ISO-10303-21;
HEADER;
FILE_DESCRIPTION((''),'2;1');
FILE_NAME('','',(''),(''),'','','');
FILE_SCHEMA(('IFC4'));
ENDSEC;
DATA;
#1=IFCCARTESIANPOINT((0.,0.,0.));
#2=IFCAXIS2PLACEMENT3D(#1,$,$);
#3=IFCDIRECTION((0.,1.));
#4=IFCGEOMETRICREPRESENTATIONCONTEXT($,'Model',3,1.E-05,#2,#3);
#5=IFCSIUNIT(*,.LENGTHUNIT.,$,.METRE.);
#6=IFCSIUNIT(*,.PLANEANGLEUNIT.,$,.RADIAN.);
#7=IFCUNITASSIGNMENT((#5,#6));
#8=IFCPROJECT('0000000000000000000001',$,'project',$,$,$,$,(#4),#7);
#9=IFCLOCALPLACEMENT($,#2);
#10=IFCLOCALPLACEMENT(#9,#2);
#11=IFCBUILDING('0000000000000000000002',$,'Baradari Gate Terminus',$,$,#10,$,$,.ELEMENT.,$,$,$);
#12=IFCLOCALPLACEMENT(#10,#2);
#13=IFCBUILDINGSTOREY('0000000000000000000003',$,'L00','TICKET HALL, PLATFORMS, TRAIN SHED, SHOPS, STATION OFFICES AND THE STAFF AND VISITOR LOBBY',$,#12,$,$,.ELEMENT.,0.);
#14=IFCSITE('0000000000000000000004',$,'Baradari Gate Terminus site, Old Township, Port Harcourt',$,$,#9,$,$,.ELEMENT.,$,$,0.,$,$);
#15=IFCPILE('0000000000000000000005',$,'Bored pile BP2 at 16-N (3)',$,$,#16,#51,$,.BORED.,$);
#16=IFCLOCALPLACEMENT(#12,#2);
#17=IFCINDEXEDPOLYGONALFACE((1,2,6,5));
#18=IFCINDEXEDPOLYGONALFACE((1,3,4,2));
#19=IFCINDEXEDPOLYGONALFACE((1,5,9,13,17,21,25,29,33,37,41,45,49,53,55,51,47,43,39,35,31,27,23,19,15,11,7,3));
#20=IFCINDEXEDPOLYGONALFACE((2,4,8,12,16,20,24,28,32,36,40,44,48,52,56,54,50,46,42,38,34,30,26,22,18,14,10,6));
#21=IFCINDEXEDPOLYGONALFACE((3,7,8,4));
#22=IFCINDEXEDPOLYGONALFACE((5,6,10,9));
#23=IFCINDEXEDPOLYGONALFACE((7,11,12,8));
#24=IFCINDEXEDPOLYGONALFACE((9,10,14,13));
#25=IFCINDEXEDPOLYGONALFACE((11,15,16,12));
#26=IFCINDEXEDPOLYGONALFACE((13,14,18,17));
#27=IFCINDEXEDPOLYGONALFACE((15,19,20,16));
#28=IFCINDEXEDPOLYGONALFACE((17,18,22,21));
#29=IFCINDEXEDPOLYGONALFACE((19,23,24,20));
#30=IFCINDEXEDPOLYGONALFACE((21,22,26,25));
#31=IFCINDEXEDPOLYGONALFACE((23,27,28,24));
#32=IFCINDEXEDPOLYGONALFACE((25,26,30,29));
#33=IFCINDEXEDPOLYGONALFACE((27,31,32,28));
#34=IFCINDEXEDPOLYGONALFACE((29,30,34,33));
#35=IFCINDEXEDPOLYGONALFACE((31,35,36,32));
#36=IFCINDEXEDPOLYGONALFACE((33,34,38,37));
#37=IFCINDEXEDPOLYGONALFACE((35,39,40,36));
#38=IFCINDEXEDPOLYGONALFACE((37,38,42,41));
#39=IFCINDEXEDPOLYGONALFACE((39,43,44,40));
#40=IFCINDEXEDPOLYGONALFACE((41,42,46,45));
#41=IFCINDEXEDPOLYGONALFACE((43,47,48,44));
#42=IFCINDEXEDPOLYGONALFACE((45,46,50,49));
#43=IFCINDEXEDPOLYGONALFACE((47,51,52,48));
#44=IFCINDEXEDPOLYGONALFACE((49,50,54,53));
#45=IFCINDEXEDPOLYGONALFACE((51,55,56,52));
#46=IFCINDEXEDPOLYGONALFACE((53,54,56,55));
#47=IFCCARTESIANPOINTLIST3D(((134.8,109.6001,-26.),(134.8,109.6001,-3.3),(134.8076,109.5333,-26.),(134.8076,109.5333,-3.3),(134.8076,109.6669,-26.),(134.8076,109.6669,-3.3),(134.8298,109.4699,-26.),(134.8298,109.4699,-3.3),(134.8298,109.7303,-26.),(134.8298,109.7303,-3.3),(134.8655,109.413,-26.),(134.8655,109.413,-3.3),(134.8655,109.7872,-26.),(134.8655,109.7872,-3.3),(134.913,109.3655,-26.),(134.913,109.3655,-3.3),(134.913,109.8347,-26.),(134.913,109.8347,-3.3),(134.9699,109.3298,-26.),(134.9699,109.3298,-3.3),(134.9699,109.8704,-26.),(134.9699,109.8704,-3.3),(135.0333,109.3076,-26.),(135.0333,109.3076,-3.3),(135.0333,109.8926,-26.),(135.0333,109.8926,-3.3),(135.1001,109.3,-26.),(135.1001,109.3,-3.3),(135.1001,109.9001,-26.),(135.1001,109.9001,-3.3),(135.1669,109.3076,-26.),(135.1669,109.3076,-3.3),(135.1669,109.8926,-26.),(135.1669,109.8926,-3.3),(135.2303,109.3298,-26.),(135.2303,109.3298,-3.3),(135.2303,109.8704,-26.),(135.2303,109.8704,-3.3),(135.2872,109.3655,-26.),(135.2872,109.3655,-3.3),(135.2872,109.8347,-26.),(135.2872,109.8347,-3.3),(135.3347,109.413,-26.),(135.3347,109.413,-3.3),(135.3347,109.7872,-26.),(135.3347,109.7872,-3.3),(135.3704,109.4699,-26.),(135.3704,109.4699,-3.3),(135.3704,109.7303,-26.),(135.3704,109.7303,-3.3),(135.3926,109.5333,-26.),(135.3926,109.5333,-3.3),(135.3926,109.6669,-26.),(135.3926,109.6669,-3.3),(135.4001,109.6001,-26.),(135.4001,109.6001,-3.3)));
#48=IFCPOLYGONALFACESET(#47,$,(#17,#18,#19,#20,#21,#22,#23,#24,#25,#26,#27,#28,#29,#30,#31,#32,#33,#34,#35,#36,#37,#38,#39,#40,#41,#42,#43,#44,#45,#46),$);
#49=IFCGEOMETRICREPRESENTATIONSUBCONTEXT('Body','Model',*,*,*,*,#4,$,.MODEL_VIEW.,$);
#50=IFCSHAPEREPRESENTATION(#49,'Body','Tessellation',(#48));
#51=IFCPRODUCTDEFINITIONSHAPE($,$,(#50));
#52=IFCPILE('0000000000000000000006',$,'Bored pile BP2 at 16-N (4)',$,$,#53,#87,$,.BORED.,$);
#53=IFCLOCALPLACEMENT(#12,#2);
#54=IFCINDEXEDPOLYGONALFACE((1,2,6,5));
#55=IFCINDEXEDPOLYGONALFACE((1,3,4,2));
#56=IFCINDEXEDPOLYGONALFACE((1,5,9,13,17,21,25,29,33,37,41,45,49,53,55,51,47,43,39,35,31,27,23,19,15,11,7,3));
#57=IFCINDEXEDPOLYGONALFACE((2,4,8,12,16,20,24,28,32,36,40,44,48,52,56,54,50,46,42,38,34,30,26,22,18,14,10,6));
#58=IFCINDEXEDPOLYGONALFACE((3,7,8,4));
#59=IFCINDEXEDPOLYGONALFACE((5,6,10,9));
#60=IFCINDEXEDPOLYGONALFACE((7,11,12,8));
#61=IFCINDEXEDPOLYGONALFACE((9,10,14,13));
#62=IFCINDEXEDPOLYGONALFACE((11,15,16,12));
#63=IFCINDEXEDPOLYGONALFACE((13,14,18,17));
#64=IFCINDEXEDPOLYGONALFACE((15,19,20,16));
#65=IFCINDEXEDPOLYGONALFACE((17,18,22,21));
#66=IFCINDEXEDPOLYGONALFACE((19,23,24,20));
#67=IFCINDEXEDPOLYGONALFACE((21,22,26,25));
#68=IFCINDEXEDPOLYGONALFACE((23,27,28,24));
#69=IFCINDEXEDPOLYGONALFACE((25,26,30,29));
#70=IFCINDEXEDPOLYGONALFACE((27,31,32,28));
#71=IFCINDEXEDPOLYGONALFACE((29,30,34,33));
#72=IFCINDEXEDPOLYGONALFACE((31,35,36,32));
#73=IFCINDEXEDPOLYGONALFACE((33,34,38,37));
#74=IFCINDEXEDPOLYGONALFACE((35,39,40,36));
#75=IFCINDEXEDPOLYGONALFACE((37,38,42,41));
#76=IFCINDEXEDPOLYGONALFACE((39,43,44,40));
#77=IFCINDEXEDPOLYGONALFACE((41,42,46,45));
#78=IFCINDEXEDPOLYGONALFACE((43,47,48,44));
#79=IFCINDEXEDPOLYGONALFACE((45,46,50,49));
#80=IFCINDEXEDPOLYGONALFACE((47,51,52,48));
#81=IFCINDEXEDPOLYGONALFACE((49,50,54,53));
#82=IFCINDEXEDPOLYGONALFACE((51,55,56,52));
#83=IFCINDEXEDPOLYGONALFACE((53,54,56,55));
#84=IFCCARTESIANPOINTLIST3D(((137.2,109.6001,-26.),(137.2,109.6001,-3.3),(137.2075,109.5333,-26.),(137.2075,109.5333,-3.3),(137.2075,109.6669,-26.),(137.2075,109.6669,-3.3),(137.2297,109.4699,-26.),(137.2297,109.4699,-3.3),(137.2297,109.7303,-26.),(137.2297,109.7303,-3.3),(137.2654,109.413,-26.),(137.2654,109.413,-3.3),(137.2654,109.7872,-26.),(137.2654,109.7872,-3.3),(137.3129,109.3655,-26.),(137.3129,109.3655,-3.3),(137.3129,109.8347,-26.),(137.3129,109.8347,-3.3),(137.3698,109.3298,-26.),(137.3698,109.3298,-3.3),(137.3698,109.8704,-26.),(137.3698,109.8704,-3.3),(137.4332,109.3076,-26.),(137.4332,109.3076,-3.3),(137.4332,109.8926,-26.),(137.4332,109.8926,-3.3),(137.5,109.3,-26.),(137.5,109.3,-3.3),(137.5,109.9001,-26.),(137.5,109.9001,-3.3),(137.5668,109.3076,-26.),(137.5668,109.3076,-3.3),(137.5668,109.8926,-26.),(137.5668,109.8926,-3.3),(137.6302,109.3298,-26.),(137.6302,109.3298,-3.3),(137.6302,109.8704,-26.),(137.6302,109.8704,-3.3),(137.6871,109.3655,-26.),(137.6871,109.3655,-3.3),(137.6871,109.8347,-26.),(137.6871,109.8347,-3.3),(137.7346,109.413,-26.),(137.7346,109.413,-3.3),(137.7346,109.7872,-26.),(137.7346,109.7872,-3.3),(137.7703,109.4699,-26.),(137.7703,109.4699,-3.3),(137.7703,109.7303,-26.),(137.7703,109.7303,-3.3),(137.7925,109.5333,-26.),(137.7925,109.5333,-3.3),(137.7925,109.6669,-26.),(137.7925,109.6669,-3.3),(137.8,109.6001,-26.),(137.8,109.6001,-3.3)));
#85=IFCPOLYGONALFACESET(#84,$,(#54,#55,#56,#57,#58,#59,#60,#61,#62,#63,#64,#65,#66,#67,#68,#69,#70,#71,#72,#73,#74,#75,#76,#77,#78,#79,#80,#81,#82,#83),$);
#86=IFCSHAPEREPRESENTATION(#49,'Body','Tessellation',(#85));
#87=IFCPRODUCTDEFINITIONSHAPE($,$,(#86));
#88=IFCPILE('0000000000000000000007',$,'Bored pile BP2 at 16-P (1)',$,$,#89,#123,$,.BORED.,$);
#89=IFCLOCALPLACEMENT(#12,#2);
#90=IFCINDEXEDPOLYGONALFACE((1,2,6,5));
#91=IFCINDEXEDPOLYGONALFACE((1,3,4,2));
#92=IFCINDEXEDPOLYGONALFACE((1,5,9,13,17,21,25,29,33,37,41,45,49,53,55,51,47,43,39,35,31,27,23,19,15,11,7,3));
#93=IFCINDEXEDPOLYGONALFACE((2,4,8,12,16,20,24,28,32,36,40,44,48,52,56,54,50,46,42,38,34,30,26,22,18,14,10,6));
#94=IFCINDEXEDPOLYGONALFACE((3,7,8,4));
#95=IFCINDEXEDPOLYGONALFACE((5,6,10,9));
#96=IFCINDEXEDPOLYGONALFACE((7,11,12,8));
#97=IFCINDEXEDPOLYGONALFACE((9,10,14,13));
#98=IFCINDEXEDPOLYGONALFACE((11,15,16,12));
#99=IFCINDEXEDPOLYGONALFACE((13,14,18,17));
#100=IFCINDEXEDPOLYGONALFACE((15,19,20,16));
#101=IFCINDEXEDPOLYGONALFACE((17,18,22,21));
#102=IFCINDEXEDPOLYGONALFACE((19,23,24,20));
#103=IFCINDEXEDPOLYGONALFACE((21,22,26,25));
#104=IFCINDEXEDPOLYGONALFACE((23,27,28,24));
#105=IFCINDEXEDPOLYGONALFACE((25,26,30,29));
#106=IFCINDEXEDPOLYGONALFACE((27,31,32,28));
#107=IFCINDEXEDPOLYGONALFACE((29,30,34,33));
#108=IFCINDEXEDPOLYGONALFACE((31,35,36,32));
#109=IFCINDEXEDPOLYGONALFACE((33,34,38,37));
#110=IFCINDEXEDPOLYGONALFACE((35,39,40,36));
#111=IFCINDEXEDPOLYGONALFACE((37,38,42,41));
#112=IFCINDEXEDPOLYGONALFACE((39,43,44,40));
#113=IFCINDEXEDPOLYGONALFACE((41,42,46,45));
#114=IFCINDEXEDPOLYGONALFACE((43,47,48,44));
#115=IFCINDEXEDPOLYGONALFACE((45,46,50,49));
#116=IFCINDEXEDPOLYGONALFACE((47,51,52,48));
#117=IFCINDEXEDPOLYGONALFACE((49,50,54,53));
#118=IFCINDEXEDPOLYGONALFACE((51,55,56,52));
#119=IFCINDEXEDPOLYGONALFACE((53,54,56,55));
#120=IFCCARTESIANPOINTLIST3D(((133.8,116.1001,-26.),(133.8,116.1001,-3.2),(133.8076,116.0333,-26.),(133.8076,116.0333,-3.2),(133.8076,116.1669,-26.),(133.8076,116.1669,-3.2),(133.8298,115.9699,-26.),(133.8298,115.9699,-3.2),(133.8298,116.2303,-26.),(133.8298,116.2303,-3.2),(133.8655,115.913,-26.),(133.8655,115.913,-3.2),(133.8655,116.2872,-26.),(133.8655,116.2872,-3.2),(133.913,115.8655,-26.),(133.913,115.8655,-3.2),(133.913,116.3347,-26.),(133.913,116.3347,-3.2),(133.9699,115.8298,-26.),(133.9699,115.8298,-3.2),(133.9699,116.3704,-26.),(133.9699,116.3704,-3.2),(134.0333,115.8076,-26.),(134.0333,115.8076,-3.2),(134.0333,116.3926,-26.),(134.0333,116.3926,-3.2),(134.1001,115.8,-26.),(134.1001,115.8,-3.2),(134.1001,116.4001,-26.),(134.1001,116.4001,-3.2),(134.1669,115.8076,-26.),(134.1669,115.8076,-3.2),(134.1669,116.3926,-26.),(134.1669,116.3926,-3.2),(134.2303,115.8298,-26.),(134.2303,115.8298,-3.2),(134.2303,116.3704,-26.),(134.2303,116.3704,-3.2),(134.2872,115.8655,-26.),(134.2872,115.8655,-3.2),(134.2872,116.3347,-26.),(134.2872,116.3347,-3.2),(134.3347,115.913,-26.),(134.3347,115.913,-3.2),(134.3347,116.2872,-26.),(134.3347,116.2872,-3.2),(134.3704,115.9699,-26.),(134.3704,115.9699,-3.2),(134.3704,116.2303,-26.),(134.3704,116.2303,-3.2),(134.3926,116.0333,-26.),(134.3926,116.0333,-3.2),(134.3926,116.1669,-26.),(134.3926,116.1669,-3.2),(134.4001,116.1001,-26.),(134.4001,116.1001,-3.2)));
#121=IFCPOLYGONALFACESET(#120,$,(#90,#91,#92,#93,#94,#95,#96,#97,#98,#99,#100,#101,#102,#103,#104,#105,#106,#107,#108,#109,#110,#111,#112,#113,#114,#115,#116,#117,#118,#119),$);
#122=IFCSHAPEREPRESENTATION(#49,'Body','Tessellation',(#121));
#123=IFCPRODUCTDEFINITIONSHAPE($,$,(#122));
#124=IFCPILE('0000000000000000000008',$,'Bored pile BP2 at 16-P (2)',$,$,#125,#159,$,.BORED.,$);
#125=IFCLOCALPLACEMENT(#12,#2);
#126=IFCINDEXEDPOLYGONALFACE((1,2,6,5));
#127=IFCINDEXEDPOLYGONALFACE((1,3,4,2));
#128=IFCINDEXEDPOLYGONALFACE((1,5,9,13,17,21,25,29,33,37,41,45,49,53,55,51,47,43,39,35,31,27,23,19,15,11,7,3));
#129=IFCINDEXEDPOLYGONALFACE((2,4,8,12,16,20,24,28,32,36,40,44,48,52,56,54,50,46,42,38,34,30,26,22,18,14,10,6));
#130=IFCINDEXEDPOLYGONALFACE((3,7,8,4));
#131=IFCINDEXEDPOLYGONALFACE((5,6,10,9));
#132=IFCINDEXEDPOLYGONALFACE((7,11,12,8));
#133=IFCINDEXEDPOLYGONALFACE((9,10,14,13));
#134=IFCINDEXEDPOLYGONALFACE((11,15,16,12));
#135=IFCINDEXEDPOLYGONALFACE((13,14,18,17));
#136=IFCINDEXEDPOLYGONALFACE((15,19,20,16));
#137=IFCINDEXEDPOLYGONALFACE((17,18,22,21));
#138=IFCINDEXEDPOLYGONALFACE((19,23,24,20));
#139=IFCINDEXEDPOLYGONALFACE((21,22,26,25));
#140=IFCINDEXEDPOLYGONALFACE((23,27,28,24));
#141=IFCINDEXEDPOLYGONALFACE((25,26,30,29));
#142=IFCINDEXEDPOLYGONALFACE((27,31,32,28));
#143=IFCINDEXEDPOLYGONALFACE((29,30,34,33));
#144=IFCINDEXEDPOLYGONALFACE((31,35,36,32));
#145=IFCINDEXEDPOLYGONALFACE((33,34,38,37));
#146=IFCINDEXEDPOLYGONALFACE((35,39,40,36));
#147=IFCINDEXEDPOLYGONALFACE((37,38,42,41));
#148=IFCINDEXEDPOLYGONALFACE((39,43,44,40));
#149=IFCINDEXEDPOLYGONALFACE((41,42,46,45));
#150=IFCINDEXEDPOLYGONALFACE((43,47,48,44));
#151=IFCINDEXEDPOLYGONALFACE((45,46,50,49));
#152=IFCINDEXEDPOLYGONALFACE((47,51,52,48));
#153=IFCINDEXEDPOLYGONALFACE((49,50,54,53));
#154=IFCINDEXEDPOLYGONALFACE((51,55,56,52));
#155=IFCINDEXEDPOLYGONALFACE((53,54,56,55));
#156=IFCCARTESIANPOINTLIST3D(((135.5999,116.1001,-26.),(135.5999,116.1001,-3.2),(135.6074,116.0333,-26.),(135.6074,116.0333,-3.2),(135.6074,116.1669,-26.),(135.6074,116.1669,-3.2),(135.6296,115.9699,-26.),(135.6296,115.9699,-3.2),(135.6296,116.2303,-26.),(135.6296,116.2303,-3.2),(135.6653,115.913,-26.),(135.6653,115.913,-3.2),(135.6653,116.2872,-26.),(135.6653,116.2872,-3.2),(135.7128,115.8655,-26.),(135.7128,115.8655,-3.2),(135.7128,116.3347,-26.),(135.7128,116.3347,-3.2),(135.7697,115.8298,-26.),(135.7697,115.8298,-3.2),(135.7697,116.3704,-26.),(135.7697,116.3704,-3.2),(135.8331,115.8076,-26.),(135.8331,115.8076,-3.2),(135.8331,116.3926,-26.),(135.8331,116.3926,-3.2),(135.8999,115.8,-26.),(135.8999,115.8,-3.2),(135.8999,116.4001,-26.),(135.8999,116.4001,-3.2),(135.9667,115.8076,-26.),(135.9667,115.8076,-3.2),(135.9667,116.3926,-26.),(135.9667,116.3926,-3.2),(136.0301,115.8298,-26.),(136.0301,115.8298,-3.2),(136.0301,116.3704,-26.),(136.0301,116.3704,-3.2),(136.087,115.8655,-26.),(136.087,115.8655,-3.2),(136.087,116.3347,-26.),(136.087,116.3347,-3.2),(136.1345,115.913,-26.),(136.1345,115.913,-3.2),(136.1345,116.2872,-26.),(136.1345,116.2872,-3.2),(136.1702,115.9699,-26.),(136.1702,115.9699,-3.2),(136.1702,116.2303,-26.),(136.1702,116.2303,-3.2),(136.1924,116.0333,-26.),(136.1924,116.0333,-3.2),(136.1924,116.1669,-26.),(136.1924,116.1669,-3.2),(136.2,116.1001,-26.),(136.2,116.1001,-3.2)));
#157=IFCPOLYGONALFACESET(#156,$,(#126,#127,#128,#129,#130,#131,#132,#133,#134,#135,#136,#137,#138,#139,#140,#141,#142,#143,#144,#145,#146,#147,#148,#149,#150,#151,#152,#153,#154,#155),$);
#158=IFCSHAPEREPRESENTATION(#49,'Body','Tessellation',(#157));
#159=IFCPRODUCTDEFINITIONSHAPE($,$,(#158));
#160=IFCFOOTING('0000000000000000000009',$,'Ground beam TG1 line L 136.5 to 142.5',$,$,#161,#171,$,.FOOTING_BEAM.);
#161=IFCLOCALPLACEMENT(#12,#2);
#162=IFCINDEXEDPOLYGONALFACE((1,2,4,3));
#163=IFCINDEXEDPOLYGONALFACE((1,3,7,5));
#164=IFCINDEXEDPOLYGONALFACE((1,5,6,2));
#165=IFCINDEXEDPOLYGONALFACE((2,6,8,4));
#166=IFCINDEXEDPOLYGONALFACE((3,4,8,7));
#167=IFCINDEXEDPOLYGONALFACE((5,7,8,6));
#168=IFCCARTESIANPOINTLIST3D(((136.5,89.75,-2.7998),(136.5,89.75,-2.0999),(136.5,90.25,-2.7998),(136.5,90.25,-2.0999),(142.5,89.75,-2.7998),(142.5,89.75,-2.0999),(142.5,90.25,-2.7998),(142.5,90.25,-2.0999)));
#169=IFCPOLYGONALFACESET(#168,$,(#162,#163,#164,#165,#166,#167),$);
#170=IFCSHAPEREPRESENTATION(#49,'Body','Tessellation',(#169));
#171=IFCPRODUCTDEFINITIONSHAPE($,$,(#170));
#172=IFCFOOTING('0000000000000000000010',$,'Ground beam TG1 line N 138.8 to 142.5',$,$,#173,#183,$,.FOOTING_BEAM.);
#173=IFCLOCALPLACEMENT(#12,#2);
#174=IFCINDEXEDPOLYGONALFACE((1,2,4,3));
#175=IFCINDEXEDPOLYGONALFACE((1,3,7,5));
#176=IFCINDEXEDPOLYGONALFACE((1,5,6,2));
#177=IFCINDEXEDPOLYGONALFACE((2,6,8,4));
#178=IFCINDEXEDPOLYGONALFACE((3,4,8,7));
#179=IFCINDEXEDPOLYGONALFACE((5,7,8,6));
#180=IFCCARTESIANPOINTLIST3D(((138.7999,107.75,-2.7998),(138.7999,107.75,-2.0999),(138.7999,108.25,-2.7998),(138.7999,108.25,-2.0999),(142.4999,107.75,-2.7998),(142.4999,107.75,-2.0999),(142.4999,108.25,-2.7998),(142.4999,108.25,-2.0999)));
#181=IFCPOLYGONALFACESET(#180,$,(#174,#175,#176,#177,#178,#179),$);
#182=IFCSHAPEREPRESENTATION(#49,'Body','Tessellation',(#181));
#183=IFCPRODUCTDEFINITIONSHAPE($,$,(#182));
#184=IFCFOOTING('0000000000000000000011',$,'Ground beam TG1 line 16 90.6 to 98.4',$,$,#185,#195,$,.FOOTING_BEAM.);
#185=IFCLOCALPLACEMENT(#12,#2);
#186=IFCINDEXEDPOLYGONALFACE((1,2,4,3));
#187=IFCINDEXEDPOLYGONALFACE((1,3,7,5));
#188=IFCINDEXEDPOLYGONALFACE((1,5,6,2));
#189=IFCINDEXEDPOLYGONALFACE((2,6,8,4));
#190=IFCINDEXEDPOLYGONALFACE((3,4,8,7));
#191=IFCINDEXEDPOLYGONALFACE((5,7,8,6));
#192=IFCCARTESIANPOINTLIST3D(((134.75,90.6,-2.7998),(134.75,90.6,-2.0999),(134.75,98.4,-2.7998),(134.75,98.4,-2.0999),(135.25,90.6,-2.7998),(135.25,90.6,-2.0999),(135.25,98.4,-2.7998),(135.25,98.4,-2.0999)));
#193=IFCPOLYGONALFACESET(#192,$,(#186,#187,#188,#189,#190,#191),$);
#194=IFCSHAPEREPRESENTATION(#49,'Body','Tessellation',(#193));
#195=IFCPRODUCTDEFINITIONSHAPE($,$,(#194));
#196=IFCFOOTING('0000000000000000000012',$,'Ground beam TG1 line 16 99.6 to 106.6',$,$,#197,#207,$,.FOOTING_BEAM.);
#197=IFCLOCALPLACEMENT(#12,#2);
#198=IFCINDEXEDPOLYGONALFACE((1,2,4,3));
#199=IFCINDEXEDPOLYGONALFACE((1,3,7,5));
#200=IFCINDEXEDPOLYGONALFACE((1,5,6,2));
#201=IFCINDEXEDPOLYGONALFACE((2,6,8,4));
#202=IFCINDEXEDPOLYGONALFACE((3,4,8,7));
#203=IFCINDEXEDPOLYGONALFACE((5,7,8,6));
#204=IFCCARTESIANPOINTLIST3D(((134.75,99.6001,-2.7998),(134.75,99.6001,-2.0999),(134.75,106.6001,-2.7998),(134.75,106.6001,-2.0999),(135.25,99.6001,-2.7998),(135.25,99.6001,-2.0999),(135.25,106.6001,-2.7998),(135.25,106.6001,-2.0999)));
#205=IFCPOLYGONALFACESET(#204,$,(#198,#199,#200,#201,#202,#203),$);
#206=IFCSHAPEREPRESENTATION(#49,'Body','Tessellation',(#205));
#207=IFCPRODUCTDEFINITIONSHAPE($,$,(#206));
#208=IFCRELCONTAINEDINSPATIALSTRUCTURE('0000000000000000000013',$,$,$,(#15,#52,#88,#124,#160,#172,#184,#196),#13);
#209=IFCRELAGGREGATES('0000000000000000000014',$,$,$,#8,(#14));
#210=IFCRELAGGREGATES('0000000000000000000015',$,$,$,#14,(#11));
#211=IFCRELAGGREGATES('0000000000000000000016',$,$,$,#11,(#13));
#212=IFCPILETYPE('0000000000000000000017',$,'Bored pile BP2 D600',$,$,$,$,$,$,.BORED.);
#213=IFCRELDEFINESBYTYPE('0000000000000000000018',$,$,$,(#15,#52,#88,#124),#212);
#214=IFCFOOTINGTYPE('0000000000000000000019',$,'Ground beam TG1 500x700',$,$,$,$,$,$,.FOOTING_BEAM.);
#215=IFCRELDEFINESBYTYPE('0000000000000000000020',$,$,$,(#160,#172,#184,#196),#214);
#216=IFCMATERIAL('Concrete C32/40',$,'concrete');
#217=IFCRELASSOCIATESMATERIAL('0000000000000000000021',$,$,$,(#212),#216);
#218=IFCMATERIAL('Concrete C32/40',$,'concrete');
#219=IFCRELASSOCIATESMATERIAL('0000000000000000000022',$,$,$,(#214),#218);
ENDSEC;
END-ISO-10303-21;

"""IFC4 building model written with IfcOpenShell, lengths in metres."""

from ifc_helpers import new_model, si_unit, direction, frame, origin, origin_2d, place, context, subcontext, project, spatial, rectangle, circle, extrude, material, type_object, element, save


model = new_model("IFC4")

# Units and contexts
model_context = context("Model", 3, precision=1e-05, world=origin(), true_north=direction((0.0, 1.0)))
body_context = subcontext(model_context, "Body", "Model", "MODEL_VIEW")
ifc_project = project(units=[si_unit("LENGTHUNIT", "METRE"), si_unit("PLANEANGLEUNIT", "RADIAN")], contexts=[model_context])

# Site, building, storey
site_placement = place(None, origin())
site = spatial("IfcSite", under=ifc_project, at=site_placement, Name="Baradari Gate Terminus site, Old Township, Port Harcourt", CompositionType="ELEMENT", RefElevation=0.0)
building_placement = place(site_placement, origin())
building = spatial("IfcBuilding", under=site, at=building_placement, Name="Baradari Gate Terminus", CompositionType="ELEMENT")
storey_placement = place(building_placement, origin())
storey = spatial("IfcBuildingStorey", under=building, at=storey_placement, Name="L00", Description="TICKET HALL, PLATFORMS, TRAIN SHED, SHOPS, STATION OFFICES AND THE STAFF AND VISITOR LOBBY", CompositionType="ELEMENT", Elevation=0.0)

# Piles
ifc_material_1 = material(Name="Concrete C32/40", Category="concrete")
pile_type = type_object("IfcPileType", Name="Bored pile BP2 D600", PredefinedType="BORED", material=ifc_material_1)
for number, where, z_axis, x_axis, name in (
    (1, (135.1001, 109.6001, -3.3), (0.0, 0.0, -1.0), (1.0, 0.0, 0.0), "Bored pile BP2 at 16-N (3)"),
    (2, (137.5, 109.6001, -3.3), (0.0, 0.0, -1.0), (1.0, 0.0, 0.0), "Bored pile BP2 at 16-N (4)"),
):
    element("IfcPile", number, at=place(storey_placement, frame(where, z_axis=z_axis, x_axis=x_axis)), inside=storey, type_object=pile_type, Name=name, PredefinedType="BORED", context=body_context, shape_type="SweptSolid", body=[
        extrude(circle(Radius=0.3, at=origin_2d()), origin(), (0.0, 0.0, 1.0), 22.7),
    ])
for number, where, z_axis, x_axis, name in (
    (3, (134.1001, 116.1001, -3.2), (0.0, 0.0, -1.0), (1.0, 0.0, 0.0), "Bored pile BP2 at 16-P (1)"),
    (4, (135.8999, 116.1001, -3.2), (0.0, 0.0, -1.0), (1.0, 0.0, 0.0), "Bored pile BP2 at 16-P (2)"),
):
    element("IfcPile", number, at=place(storey_placement, frame(where, z_axis=z_axis, x_axis=x_axis)), inside=storey, type_object=pile_type, Name=name, PredefinedType="BORED", context=body_context, shape_type="SweptSolid", body=[
        extrude(circle(Radius=0.3, at=origin_2d()), origin(), (0.0, 0.0, 1.0), 22.8),
    ])

# Footings
ifc_material_2 = material(Name="Concrete C32/40", Category="concrete")
footing_type_1 = type_object("IfcFootingType", Name="Ground beam TG1 500x700", PredefinedType="FOOTING_BEAM", material=ifc_material_2)
footing_1_placement = place(storey_placement, frame((139.5, 90.0, -2.7998), z_axis=(0.0, 0.0, 1.0), x_axis=(1.0, 0.0, 0.0)))
element("IfcFooting", 5, at=footing_1_placement, inside=storey, type_object=footing_type_1, Name="Ground beam TG1 line L 136.5 to 142.5", PredefinedType="FOOTING_BEAM", context=body_context, shape_type="SweptSolid", body=[
    extrude(rectangle(XDim=6.0, YDim=0.5, at=origin_2d()), origin(), (0.0, 0.0, 1.0), 0.7),
])
footing_2_placement = place(storey_placement, frame((140.6499, 108.0, -2.7998), z_axis=(0.0, 0.0, 1.0), x_axis=(1.0, 0.0, 0.0)))
element("IfcFooting", 6, at=footing_2_placement, inside=storey, type_object=footing_type_1, Name="Ground beam TG1 line N 138.8 to 142.5", PredefinedType="FOOTING_BEAM", context=body_context, shape_type="SweptSolid", body=[
    extrude(rectangle(XDim=3.7, YDim=0.5, at=origin_2d()), origin(), (0.0, 0.0, 1.0), 0.7),
])
footing_3_placement = place(storey_placement, frame((135.0, 94.5, -2.7998), z_axis=(0.0, 0.0, 1.0), x_axis=(1.0, 0.0, 0.0)))
element("IfcFooting", 7, at=footing_3_placement, inside=storey, type_object=footing_type_1, Name="Ground beam TG1 line 16 90.6 to 98.4", PredefinedType="FOOTING_BEAM", context=body_context, shape_type="SweptSolid", body=[
    extrude(rectangle(XDim=0.5, YDim=7.8, at=origin_2d()), origin(), (0.0, 0.0, 1.0), 0.7),
])
footing_4_placement = place(storey_placement, frame((135.0, 103.1001, -2.7998), z_axis=(0.0, 0.0, 1.0), x_axis=(1.0, 0.0, 0.0)))
element("IfcFooting", 8, at=footing_4_placement, inside=storey, type_object=footing_type_1, Name="Ground beam TG1 line 16 99.6 to 106.6", PredefinedType="FOOTING_BEAM", context=body_context, shape_type="SweptSolid", body=[
    extrude(rectangle(XDim=0.5, YDim=7.0, at=origin_2d()), origin(), (0.0, 0.0, 1.0), 0.7),
])

save(model, "model.ifc")
